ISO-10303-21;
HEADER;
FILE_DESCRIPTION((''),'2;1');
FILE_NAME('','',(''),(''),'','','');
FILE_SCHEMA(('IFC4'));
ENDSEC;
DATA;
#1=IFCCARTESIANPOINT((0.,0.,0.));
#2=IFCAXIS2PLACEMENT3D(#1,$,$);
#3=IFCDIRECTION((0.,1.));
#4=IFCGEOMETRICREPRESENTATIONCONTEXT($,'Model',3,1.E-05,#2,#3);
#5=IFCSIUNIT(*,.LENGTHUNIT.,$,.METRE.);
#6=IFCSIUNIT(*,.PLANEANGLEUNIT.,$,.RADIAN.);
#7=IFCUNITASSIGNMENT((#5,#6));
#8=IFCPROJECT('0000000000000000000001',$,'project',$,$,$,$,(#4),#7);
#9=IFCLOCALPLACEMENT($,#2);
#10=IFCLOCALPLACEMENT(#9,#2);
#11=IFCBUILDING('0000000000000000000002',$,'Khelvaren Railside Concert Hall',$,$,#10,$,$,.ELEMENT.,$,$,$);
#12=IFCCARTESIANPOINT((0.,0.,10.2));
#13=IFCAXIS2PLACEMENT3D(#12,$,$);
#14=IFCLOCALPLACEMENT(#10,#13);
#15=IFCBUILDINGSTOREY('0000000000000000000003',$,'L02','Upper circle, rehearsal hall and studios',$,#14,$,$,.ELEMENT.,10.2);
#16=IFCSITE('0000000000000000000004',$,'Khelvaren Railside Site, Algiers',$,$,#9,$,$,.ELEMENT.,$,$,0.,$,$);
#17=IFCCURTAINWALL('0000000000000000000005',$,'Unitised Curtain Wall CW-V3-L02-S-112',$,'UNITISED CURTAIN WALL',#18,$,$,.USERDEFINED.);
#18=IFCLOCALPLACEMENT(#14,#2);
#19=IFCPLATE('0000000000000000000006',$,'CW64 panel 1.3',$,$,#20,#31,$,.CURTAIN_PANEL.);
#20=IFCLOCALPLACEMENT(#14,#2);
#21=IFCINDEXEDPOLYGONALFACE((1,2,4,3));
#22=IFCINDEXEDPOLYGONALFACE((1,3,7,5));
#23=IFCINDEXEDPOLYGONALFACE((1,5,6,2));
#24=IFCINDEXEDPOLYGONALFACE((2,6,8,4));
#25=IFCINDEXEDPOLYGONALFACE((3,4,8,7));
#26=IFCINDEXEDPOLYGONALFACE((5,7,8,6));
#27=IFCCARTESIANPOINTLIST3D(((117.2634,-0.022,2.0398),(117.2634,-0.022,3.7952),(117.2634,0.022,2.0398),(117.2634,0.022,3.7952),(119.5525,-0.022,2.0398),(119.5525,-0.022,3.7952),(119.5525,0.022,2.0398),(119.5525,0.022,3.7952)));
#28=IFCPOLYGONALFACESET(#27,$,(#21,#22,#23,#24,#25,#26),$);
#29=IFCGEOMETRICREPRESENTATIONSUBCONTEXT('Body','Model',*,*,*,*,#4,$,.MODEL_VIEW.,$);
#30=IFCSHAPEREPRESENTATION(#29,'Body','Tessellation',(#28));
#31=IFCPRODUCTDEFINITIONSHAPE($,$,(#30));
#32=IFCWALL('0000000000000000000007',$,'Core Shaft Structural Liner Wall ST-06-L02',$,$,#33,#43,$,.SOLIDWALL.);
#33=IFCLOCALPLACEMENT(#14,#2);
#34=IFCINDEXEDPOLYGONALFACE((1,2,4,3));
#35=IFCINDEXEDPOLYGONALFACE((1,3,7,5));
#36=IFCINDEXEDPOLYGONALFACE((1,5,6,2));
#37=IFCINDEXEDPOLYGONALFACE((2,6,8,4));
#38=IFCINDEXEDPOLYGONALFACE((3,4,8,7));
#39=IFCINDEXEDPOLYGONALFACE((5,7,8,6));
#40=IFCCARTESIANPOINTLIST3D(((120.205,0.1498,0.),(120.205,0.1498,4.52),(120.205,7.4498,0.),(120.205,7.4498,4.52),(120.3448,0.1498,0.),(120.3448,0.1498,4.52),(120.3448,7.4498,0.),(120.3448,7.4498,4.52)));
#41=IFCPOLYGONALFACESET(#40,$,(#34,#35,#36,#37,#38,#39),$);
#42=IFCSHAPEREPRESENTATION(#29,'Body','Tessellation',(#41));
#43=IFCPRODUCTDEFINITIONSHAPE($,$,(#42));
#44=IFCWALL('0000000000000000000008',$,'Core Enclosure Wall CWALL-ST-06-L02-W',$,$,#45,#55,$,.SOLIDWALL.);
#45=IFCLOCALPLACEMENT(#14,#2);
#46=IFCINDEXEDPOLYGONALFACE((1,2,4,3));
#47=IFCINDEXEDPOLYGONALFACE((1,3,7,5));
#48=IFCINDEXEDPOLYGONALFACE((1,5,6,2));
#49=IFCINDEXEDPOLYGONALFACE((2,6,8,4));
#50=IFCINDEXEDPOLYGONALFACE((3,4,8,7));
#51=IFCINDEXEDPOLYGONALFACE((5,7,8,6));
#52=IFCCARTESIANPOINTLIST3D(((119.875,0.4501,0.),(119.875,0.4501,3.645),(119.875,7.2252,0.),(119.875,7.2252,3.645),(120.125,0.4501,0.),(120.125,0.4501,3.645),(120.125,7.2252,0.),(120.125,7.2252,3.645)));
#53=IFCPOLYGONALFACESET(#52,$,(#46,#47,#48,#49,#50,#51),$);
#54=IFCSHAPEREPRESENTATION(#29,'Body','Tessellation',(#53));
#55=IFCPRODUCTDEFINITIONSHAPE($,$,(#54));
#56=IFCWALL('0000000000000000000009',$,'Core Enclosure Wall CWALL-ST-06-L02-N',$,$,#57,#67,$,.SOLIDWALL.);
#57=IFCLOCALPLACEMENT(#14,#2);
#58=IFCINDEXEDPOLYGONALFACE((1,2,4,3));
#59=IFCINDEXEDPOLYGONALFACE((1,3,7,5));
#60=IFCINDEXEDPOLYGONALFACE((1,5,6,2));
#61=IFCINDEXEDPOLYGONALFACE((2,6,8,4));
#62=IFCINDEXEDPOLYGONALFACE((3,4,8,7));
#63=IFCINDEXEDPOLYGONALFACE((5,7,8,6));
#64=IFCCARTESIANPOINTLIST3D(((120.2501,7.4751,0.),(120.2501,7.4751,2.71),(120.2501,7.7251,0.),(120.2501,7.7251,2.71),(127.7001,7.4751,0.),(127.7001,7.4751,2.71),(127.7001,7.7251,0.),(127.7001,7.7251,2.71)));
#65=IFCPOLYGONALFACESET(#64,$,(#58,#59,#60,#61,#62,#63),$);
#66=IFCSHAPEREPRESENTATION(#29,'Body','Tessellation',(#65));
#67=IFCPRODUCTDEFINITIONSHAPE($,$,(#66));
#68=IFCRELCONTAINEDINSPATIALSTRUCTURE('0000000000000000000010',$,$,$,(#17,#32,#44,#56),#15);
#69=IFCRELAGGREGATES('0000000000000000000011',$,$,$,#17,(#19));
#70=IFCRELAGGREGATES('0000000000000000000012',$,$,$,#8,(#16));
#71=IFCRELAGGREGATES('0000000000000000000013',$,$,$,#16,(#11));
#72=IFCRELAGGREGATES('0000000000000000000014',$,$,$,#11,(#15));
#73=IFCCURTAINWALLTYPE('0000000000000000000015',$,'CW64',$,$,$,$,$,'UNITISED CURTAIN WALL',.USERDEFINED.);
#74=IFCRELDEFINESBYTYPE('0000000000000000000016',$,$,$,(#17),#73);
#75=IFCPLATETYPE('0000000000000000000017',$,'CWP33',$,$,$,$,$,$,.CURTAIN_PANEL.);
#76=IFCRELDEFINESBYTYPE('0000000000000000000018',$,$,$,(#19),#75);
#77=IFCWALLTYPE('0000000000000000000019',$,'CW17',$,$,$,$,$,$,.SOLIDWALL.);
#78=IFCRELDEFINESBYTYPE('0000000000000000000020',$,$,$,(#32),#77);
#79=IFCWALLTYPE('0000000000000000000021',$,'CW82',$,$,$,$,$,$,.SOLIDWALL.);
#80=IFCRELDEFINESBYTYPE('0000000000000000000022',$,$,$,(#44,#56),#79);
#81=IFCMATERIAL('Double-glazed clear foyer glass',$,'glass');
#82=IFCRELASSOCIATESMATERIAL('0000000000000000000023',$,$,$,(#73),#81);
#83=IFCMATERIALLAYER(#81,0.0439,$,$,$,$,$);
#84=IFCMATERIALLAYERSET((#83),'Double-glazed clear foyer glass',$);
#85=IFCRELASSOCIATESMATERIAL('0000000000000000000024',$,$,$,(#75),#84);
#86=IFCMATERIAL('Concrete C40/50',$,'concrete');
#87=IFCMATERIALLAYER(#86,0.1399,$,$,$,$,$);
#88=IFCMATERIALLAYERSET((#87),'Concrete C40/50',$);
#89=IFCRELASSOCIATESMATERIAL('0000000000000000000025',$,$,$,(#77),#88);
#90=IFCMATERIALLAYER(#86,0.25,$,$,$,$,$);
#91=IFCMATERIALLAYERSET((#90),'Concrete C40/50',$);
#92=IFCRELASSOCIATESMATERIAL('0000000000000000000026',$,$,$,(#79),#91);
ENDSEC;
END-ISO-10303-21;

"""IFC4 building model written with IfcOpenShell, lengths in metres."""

from ifc_helpers import new_model, si_unit, direction, frame, frame_2d, origin, origin_2d, place, context, subcontext, project, spatial, rectangle, extrude, material, layer, layer_set, type_object, element, aggregate, save


model = new_model("IFC4")

# Units and contexts
model_context = context("Model", 3, precision=1e-05, world=origin(), true_north=direction((0.0, 1.0)))
body_context = subcontext(model_context, "Body", "Model", "MODEL_VIEW")
ifc_project = project(units=[si_unit("LENGTHUNIT", "METRE"), si_unit("PLANEANGLEUNIT", "RADIAN")], contexts=[model_context])

# Site, building, storey
site_placement = place(None, origin())
site = spatial("IfcSite", under=ifc_project, at=site_placement, Name="Khelvaren Railside Site, Algiers", CompositionType="ELEMENT", RefElevation=0.0)
building_placement = place(site_placement, origin())
building = spatial("IfcBuilding", under=site, at=building_placement, Name="Khelvaren Railside Concert Hall", CompositionType="ELEMENT")
storey_placement = place(building_placement, frame((0.0, 0.0, 10.2)))
storey = spatial("IfcBuildingStorey", under=building, at=storey_placement, Name="L02", Description="Upper circle, rehearsal hall and studios", CompositionType="ELEMENT", Elevation=10.2)

# Curtain wall
ifc_material_1 = material(Name="Double-glazed clear foyer glass", Category="glass")
curtain_wall_type = type_object("IfcCurtainWallType", Name="CW64", ElementType="UNITISED CURTAIN WALL", PredefinedType="USERDEFINED", material=ifc_material_1)
curtain_wall_placement = place(storey_placement, origin())
curtain_wall = element("IfcCurtainWall", 1, at=curtain_wall_placement, inside=storey, type_object=curtain_wall_type, Name="Unitised Curtain Wall CW-V3-L02-S-112", ObjectType="UNITISED CURTAIN WALL", PredefinedType="USERDEFINED")

# Shared definitions
ifc_material_2 = material(Name="Concrete C40/50", Category="concrete")

# Plate
ifc_layer_1 = layer(ifc_material_1, 0.0439)
ifc_layer_set_1 = layer_set([ifc_layer_1], Name="Double-glazed clear foyer glass")
plate_type = type_object("IfcPlateType", Name="CWP33", PredefinedType="CURTAIN_PANEL", material=ifc_layer_set_1)
plate_1_placement = place(storey_placement, frame((118.408, 0.0, 2.0398), z_axis=(0.0, 0.0, 1.0), x_axis=(-1.0, 0.0, 0.0)))
plate_1 = element("IfcPlate", 2, at=plate_1_placement, type_object=plate_type, Name="CW64 panel 1.3", PredefinedType="CURTAIN_PANEL", context=body_context, shape_type="SweptSolid", body=[
    extrude(rectangle(XDim=2.2891, YDim=0.0439, at=origin_2d()), origin(), (0.0, 0.0, 1.0), 1.7554),
])
aggregate(curtain_wall, [plate_1])

# Walls
ifc_layer_2 = layer(ifc_material_2, 0.1399)
ifc_layer_set_2 = layer_set([ifc_layer_2], Name="Concrete C40/50")
wall_type_1 = type_object("IfcWallType", Name="CW17", PredefinedType="SOLIDWALL", material=ifc_layer_set_2)
wall_1_placement = place(storey_placement, frame((120.2749, 0.1499, 0.0), z_axis=(0.0, 0.0, 1.0), x_axis=(0.0, 1.0, 0.0)))
element("IfcWall", 3, at=wall_1_placement, inside=storey, type_object=wall_type_1, Name="Core Shaft Structural Liner Wall ST-06-L02", PredefinedType="SOLIDWALL", context=body_context, shape_type="SweptSolid", body=[
    extrude(rectangle(XDim=7.3, YDim=0.1399, at=frame_2d((3.6499, 0.0))), origin(), (0.0, 0.0, 1.0), 4.52),
])
ifc_layer_3 = layer(ifc_material_2, 0.25)
ifc_layer_set_3 = layer_set([ifc_layer_3], Name="Concrete C40/50")
wall_type_2 = type_object("IfcWallType", Name="CW82", PredefinedType="SOLIDWALL", material=ifc_layer_set_3)
wall_2_placement = place(storey_placement, frame((120.0, 0.45, 0.0), z_axis=(0.0, 0.0, 1.0), x_axis=(0.0, 1.0, 0.0)))
element("IfcWall", 4, at=wall_2_placement, inside=storey, type_object=wall_type_2, Name="Core Enclosure Wall CWALL-ST-06-L02-W", PredefinedType="SOLIDWALL", context=body_context, shape_type="SweptSolid", body=[
    extrude(rectangle(XDim=6.7751, YDim=0.25, at=frame_2d((3.3877, 0.0))), origin(), (0.0, 0.0, 1.0), 3.645),
])
wall_3_placement = place(storey_placement, frame((120.25, 7.6001, 0.0), z_axis=(0.0, 0.0, 1.0), x_axis=(1.0, 0.0, 0.0)))
element("IfcWall", 5, at=wall_3_placement, inside=storey, type_object=wall_type_2, Name="Core Enclosure Wall CWALL-ST-06-L02-N", PredefinedType="SOLIDWALL", context=body_context, shape_type="SweptSolid", body=[
    extrude(rectangle(XDim=7.45, YDim=0.25, at=frame_2d((3.7251, 0.0))), origin(), (0.0, 0.0, 1.0), 2.71),
])

save(model, "model.ifc")
